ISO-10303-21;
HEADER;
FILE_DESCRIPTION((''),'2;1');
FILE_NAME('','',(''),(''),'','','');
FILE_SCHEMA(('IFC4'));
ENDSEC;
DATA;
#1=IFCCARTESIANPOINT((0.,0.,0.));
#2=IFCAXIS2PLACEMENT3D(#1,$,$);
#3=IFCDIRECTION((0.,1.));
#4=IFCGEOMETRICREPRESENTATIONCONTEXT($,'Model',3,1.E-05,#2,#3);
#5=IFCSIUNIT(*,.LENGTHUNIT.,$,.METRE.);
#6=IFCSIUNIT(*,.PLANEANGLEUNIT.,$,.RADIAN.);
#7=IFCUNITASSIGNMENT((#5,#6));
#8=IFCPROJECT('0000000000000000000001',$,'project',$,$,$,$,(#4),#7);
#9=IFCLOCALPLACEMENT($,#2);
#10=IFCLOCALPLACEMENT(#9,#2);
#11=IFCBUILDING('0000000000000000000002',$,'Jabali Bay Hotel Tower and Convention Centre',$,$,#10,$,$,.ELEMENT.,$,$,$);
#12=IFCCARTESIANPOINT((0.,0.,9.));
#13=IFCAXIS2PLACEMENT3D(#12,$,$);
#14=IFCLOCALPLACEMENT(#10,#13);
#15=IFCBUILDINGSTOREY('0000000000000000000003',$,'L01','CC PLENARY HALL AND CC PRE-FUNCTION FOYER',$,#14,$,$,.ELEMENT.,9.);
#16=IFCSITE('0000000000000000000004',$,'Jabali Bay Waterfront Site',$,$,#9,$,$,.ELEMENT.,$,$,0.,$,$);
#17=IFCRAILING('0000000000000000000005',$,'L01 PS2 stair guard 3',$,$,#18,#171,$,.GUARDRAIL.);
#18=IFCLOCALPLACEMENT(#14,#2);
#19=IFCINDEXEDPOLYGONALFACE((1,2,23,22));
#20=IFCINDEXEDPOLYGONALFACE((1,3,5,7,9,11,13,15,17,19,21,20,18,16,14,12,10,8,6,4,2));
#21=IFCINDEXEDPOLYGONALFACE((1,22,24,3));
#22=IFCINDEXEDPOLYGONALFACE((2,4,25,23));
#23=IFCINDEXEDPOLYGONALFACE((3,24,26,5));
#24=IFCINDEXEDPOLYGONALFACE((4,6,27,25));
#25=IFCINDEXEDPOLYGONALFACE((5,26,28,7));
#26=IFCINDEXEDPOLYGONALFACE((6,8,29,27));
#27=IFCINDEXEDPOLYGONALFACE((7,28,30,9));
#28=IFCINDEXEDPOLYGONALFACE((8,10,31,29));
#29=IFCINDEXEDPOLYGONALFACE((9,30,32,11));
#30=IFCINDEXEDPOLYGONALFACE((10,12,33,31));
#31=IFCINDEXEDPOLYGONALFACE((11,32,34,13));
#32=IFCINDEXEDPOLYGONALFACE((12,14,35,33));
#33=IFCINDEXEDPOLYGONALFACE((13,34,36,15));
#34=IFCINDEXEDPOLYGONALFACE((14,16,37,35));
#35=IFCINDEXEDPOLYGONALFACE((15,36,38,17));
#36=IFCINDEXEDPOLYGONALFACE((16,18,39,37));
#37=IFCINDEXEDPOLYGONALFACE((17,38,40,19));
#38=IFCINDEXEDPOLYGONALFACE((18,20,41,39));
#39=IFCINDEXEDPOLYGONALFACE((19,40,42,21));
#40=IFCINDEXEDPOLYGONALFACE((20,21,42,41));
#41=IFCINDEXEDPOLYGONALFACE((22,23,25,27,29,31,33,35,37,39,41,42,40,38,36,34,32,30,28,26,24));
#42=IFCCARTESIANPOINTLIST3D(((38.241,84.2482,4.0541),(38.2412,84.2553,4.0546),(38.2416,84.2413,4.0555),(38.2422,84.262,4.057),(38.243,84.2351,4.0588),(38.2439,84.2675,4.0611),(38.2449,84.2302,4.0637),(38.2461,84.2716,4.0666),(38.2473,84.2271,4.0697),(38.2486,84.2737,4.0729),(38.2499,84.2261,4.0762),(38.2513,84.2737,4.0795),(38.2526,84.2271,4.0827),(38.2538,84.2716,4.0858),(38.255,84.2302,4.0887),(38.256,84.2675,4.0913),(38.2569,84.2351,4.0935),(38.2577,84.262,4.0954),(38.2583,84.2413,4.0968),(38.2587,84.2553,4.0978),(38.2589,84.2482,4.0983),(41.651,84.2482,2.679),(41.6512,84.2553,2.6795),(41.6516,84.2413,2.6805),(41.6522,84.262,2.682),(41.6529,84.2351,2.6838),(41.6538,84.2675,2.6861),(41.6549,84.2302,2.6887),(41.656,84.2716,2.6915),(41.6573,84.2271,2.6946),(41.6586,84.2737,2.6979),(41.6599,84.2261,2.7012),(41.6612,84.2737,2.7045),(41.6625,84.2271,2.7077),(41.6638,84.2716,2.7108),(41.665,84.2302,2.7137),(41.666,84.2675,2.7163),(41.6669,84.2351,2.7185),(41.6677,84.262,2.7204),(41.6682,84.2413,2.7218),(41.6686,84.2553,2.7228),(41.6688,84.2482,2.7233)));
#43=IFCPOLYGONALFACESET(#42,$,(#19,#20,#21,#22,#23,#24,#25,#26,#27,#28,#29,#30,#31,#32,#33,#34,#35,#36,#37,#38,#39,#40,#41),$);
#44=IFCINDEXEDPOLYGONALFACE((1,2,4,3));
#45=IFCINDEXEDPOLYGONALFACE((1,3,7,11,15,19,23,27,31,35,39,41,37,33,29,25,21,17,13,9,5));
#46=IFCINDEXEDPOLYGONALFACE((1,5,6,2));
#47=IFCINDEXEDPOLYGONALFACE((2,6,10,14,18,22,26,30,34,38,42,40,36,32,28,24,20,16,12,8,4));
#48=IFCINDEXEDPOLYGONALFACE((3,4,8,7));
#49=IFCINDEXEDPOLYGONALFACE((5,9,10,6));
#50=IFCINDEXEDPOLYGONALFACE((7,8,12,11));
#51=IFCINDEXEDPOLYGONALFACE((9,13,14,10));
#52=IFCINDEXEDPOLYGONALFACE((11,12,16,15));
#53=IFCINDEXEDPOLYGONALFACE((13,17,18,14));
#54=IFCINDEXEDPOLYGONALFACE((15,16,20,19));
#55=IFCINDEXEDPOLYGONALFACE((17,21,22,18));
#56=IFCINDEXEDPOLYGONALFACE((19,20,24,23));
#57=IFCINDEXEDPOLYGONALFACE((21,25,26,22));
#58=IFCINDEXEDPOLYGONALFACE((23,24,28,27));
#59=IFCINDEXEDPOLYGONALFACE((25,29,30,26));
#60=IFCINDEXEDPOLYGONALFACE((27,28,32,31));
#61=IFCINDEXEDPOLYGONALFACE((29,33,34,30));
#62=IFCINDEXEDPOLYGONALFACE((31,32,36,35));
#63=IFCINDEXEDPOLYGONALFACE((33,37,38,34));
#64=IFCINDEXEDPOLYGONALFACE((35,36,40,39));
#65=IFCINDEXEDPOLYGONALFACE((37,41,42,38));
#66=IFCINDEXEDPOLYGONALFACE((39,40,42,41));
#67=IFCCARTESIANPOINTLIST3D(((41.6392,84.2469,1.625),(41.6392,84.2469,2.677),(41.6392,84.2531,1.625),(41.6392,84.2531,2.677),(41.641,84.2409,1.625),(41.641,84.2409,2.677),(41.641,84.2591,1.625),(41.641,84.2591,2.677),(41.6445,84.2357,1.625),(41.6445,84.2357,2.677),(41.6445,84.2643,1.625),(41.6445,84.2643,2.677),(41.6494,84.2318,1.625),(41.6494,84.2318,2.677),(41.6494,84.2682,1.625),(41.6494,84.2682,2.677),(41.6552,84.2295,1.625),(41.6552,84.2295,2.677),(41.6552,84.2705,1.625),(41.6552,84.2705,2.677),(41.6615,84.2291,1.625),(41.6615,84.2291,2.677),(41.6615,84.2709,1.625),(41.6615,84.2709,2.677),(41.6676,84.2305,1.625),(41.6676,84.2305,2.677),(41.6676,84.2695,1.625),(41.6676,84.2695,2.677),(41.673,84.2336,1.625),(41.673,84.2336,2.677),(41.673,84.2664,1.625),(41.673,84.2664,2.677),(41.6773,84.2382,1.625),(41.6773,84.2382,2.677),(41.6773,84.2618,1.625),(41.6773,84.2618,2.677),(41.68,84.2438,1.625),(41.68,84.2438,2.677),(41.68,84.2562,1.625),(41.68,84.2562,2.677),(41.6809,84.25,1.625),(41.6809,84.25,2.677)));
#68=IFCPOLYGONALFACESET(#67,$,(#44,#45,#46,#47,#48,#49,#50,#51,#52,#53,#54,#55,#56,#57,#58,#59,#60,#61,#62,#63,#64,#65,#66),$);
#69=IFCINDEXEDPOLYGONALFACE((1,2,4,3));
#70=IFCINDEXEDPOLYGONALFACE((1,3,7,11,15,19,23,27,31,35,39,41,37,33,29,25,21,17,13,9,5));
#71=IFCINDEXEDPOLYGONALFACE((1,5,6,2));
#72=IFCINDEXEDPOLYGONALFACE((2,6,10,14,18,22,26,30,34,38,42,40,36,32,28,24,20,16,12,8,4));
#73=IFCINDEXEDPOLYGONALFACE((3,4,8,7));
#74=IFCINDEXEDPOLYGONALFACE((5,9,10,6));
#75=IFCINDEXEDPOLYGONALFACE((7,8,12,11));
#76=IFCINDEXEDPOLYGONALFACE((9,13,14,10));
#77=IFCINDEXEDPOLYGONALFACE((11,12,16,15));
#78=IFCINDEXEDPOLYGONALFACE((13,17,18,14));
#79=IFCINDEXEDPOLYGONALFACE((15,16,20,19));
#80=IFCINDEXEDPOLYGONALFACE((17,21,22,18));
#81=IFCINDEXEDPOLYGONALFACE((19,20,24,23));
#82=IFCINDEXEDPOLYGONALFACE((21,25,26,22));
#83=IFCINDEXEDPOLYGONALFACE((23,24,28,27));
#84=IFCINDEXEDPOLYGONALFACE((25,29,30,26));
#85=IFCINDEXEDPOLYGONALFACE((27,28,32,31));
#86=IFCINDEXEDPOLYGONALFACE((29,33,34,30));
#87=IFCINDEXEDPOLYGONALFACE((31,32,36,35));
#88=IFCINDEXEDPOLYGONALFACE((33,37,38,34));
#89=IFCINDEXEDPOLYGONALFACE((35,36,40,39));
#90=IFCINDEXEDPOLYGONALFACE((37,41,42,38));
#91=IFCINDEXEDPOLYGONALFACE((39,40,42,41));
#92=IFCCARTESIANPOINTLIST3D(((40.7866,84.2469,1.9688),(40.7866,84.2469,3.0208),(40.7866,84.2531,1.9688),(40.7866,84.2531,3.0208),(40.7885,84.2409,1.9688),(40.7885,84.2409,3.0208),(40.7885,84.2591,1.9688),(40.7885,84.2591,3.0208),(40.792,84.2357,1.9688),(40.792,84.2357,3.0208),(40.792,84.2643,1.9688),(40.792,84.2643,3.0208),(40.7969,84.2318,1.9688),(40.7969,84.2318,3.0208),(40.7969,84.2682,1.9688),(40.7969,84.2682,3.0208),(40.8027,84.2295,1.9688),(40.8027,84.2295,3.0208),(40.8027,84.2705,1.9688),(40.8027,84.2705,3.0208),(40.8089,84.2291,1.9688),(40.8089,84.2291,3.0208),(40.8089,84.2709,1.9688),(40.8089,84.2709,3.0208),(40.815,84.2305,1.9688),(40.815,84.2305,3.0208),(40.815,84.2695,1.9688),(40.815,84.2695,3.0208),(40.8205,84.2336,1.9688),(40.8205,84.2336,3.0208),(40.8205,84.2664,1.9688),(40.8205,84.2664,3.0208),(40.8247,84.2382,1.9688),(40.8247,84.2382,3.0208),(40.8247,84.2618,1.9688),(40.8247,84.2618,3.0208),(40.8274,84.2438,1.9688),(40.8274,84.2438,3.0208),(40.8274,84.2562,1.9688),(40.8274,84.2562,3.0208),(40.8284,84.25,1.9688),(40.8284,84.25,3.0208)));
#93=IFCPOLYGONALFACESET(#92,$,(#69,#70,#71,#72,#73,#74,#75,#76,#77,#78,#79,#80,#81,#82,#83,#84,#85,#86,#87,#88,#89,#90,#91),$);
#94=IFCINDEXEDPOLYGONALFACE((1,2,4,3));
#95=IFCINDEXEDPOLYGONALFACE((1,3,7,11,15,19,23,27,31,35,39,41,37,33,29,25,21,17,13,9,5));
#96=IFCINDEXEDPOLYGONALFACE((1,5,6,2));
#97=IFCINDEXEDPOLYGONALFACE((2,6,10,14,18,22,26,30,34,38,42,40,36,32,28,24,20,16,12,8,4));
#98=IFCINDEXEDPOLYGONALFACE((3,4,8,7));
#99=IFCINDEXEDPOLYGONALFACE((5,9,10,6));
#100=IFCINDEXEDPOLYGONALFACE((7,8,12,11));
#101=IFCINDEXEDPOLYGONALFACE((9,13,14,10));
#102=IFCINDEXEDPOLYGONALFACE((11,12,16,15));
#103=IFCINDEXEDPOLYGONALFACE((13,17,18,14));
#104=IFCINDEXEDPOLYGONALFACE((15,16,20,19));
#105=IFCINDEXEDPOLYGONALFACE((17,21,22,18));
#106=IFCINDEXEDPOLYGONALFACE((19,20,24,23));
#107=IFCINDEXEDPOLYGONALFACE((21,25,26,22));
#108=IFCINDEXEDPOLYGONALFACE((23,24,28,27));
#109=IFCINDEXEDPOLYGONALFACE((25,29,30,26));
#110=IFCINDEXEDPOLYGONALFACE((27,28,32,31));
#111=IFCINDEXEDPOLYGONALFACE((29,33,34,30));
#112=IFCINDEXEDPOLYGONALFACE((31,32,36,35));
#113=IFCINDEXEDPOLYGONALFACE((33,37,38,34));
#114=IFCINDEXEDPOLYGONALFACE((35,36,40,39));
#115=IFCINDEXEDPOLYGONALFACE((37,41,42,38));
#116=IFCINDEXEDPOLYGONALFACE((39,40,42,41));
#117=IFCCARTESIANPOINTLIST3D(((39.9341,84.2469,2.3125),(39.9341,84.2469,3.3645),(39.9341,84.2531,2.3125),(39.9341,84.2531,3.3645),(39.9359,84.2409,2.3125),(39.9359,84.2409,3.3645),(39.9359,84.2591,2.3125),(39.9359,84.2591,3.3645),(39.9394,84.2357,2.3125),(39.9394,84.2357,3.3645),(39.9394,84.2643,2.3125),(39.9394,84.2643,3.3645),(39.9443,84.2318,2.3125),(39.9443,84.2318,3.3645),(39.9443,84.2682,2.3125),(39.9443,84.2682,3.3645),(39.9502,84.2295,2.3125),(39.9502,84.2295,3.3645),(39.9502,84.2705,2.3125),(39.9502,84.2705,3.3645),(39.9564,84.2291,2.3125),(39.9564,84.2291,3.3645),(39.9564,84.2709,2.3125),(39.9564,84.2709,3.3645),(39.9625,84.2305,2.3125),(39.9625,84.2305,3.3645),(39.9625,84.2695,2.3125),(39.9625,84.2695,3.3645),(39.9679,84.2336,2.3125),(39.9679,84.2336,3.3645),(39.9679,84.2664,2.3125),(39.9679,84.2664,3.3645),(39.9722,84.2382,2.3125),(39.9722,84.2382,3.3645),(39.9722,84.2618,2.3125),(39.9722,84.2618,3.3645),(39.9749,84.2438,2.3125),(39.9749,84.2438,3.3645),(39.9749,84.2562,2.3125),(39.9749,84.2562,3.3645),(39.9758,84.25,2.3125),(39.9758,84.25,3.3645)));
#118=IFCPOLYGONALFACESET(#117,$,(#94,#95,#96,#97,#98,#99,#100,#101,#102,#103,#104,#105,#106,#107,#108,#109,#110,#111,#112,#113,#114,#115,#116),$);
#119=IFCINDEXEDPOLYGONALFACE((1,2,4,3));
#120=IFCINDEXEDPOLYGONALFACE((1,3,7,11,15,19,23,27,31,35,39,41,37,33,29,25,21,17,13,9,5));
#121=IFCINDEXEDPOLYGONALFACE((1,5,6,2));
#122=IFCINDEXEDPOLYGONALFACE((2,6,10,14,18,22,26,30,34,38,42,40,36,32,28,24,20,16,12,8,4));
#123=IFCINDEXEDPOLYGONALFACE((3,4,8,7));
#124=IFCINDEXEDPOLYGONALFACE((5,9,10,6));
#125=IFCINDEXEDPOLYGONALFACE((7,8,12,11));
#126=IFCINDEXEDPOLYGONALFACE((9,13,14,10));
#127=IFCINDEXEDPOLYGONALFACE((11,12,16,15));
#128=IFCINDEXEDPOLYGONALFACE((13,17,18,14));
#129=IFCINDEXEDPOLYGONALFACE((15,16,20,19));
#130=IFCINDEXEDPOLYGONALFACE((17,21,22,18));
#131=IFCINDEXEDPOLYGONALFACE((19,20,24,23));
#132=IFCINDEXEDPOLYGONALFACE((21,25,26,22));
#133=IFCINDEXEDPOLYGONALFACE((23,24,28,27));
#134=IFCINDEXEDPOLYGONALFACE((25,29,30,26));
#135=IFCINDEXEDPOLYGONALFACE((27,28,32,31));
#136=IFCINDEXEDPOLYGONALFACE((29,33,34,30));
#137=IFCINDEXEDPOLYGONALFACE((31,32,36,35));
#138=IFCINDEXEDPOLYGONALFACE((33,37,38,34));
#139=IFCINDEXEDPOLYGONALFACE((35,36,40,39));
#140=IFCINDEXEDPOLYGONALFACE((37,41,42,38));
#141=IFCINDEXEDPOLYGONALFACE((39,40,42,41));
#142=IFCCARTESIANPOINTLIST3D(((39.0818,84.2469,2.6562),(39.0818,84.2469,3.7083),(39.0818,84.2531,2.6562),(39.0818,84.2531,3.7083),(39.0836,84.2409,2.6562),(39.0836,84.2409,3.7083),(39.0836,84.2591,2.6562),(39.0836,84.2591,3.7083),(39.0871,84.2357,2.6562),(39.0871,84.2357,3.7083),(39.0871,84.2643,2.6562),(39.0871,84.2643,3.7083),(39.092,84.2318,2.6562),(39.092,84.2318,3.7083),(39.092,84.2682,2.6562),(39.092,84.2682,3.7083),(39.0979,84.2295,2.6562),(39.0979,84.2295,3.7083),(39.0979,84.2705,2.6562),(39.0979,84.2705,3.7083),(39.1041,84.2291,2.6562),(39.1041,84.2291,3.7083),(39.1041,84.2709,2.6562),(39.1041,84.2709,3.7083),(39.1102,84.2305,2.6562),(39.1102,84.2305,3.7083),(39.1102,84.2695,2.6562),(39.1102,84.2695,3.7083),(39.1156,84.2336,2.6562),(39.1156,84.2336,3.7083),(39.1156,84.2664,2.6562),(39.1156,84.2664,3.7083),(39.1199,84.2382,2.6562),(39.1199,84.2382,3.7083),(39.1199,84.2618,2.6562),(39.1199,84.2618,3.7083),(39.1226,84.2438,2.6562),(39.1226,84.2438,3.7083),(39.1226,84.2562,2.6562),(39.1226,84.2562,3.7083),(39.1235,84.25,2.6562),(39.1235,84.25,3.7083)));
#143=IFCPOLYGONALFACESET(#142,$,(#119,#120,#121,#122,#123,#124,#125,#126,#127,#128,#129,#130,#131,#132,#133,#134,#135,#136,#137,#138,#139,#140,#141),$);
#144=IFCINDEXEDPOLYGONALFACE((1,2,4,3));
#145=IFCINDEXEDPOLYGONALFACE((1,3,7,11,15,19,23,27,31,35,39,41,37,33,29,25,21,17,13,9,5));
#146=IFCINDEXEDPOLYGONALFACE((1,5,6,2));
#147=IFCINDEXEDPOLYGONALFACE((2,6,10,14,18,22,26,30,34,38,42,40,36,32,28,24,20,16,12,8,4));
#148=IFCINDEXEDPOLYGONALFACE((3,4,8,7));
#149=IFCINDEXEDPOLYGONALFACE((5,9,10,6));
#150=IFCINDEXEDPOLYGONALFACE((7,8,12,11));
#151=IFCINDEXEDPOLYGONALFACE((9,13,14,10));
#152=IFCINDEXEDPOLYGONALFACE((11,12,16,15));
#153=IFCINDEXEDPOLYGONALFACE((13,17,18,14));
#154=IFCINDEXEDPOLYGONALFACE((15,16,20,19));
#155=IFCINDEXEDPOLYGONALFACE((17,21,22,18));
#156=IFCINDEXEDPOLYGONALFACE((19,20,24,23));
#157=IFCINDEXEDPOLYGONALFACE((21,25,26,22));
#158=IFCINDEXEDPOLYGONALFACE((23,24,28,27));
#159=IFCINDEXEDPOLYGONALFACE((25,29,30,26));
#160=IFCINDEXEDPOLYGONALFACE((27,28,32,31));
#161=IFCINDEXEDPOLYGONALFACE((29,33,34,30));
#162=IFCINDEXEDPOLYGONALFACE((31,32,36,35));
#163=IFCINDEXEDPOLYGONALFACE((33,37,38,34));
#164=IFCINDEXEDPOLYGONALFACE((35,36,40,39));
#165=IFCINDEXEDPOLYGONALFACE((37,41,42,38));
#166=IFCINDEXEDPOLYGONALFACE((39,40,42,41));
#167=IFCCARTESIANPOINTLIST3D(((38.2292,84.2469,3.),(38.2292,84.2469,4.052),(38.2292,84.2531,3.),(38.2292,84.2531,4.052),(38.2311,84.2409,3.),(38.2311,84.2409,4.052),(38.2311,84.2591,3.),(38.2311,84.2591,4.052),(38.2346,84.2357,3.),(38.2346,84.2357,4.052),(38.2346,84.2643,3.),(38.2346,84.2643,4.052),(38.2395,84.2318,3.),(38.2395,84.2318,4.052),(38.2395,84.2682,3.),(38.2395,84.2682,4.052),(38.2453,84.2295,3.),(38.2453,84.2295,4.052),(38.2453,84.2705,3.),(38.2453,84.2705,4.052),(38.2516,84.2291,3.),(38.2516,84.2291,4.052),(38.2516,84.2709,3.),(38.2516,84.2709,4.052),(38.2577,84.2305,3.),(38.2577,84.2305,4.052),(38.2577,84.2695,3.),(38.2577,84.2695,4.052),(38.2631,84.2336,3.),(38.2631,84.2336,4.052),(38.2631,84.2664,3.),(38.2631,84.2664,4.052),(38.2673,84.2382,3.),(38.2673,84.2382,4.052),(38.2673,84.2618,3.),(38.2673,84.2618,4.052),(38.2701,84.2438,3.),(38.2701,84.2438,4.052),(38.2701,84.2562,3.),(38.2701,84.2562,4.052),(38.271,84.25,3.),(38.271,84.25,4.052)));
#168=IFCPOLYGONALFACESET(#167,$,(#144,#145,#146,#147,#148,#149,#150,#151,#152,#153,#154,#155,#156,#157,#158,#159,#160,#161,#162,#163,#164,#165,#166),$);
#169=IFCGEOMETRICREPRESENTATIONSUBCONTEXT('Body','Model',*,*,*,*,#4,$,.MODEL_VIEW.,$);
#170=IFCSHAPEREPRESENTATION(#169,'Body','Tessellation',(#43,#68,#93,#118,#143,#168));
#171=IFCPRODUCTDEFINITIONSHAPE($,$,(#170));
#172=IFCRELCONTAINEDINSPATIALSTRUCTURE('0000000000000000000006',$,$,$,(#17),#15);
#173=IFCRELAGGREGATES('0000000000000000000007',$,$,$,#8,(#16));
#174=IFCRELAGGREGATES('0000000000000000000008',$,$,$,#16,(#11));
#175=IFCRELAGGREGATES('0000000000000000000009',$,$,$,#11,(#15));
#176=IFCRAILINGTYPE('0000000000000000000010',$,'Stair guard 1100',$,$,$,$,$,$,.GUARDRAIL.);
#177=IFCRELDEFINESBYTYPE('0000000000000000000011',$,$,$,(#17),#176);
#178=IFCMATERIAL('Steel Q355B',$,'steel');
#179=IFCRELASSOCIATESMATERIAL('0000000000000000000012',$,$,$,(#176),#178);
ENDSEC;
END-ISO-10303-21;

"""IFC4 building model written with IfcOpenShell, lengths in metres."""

from ifc_helpers import new_model, si_unit, direction, frame, origin, origin_2d, place, context, subcontext, project, spatial, circle, extrude, material, type_object, element, save


model = new_model("IFC4")

# Units and contexts
model_context = context("Model", 3, precision=1e-05, world=origin(), true_north=direction((0.0, 1.0)))
body_context = subcontext(model_context, "Body", "Model", "MODEL_VIEW")
ifc_project = project(units=[si_unit("LENGTHUNIT", "METRE"), si_unit("PLANEANGLEUNIT", "RADIAN")], contexts=[model_context])

# Site, building, storey
site_placement = place(None, origin())
site = spatial("IfcSite", under=ifc_project, at=site_placement, Name="Jabali Bay Waterfront Site", CompositionType="ELEMENT", RefElevation=0.0)
building_placement = place(site_placement, origin())
building = spatial("IfcBuilding", under=site, at=building_placement, Name="Jabali Bay Hotel Tower and Convention Centre", CompositionType="ELEMENT")
storey_placement = place(building_placement, frame((0.0, 0.0, 9.0)))
storey = spatial("IfcBuildingStorey", under=building, at=storey_placement, Name="L01", Description="CC PLENARY HALL AND CC PRE-FUNCTION FOYER", CompositionType="ELEMENT", Elevation=9.0)

# Railing
ifc_material_1 = material(Name="Steel Q355B", Category="steel")
railing_type_1 = type_object("IfcRailingType", Name="Stair guard 1100", PredefinedType="GUARDRAIL", material=ifc_material_1)
railing_1_placement = place(storey_placement, frame((41.6599, 84.25, 1.625)))
element("IfcRailing", 1, at=railing_1_placement, inside=storey, type_object=railing_type_1, Name="L01 PS2 stair guard 3", PredefinedType="GUARDRAIL", context=body_context, shape_type="SweptSolid", body=[
    extrude(circle(Radius=0.0239, at=origin_2d()), frame((0.0, 0.0, 1.0762), z_axis=(-0.927438, 0.0, 0.373977), x_axis=(0.0, -1.0, 0.0)), (0.0, 0.0, 1.0), 3.6768),
    extrude(circle(Radius=0.021, at=origin_2d()), origin(), (0.0, 0.0, 1.0), 1.052),
    extrude(circle(Radius=0.021, at=origin_2d()), frame((-0.8525, 0.0, 0.3438)), (0.0, 0.0, 1.0), 1.052),
    extrude(circle(Radius=0.021, at=origin_2d()), frame((-1.7051, 0.0, 0.6875)), (0.0, 0.0, 1.0), 1.052),
    extrude(circle(Radius=0.021, at=origin_2d()), frame((-2.5574, 0.0, 1.0312)), (0.0, 0.0, 1.0), 1.052),
    extrude(circle(Radius=0.021, at=origin_2d()), frame((-3.4099, 0.0, 1.375)), (0.0, 0.0, 1.0), 1.052),
])

save(model, "model.ifc")
